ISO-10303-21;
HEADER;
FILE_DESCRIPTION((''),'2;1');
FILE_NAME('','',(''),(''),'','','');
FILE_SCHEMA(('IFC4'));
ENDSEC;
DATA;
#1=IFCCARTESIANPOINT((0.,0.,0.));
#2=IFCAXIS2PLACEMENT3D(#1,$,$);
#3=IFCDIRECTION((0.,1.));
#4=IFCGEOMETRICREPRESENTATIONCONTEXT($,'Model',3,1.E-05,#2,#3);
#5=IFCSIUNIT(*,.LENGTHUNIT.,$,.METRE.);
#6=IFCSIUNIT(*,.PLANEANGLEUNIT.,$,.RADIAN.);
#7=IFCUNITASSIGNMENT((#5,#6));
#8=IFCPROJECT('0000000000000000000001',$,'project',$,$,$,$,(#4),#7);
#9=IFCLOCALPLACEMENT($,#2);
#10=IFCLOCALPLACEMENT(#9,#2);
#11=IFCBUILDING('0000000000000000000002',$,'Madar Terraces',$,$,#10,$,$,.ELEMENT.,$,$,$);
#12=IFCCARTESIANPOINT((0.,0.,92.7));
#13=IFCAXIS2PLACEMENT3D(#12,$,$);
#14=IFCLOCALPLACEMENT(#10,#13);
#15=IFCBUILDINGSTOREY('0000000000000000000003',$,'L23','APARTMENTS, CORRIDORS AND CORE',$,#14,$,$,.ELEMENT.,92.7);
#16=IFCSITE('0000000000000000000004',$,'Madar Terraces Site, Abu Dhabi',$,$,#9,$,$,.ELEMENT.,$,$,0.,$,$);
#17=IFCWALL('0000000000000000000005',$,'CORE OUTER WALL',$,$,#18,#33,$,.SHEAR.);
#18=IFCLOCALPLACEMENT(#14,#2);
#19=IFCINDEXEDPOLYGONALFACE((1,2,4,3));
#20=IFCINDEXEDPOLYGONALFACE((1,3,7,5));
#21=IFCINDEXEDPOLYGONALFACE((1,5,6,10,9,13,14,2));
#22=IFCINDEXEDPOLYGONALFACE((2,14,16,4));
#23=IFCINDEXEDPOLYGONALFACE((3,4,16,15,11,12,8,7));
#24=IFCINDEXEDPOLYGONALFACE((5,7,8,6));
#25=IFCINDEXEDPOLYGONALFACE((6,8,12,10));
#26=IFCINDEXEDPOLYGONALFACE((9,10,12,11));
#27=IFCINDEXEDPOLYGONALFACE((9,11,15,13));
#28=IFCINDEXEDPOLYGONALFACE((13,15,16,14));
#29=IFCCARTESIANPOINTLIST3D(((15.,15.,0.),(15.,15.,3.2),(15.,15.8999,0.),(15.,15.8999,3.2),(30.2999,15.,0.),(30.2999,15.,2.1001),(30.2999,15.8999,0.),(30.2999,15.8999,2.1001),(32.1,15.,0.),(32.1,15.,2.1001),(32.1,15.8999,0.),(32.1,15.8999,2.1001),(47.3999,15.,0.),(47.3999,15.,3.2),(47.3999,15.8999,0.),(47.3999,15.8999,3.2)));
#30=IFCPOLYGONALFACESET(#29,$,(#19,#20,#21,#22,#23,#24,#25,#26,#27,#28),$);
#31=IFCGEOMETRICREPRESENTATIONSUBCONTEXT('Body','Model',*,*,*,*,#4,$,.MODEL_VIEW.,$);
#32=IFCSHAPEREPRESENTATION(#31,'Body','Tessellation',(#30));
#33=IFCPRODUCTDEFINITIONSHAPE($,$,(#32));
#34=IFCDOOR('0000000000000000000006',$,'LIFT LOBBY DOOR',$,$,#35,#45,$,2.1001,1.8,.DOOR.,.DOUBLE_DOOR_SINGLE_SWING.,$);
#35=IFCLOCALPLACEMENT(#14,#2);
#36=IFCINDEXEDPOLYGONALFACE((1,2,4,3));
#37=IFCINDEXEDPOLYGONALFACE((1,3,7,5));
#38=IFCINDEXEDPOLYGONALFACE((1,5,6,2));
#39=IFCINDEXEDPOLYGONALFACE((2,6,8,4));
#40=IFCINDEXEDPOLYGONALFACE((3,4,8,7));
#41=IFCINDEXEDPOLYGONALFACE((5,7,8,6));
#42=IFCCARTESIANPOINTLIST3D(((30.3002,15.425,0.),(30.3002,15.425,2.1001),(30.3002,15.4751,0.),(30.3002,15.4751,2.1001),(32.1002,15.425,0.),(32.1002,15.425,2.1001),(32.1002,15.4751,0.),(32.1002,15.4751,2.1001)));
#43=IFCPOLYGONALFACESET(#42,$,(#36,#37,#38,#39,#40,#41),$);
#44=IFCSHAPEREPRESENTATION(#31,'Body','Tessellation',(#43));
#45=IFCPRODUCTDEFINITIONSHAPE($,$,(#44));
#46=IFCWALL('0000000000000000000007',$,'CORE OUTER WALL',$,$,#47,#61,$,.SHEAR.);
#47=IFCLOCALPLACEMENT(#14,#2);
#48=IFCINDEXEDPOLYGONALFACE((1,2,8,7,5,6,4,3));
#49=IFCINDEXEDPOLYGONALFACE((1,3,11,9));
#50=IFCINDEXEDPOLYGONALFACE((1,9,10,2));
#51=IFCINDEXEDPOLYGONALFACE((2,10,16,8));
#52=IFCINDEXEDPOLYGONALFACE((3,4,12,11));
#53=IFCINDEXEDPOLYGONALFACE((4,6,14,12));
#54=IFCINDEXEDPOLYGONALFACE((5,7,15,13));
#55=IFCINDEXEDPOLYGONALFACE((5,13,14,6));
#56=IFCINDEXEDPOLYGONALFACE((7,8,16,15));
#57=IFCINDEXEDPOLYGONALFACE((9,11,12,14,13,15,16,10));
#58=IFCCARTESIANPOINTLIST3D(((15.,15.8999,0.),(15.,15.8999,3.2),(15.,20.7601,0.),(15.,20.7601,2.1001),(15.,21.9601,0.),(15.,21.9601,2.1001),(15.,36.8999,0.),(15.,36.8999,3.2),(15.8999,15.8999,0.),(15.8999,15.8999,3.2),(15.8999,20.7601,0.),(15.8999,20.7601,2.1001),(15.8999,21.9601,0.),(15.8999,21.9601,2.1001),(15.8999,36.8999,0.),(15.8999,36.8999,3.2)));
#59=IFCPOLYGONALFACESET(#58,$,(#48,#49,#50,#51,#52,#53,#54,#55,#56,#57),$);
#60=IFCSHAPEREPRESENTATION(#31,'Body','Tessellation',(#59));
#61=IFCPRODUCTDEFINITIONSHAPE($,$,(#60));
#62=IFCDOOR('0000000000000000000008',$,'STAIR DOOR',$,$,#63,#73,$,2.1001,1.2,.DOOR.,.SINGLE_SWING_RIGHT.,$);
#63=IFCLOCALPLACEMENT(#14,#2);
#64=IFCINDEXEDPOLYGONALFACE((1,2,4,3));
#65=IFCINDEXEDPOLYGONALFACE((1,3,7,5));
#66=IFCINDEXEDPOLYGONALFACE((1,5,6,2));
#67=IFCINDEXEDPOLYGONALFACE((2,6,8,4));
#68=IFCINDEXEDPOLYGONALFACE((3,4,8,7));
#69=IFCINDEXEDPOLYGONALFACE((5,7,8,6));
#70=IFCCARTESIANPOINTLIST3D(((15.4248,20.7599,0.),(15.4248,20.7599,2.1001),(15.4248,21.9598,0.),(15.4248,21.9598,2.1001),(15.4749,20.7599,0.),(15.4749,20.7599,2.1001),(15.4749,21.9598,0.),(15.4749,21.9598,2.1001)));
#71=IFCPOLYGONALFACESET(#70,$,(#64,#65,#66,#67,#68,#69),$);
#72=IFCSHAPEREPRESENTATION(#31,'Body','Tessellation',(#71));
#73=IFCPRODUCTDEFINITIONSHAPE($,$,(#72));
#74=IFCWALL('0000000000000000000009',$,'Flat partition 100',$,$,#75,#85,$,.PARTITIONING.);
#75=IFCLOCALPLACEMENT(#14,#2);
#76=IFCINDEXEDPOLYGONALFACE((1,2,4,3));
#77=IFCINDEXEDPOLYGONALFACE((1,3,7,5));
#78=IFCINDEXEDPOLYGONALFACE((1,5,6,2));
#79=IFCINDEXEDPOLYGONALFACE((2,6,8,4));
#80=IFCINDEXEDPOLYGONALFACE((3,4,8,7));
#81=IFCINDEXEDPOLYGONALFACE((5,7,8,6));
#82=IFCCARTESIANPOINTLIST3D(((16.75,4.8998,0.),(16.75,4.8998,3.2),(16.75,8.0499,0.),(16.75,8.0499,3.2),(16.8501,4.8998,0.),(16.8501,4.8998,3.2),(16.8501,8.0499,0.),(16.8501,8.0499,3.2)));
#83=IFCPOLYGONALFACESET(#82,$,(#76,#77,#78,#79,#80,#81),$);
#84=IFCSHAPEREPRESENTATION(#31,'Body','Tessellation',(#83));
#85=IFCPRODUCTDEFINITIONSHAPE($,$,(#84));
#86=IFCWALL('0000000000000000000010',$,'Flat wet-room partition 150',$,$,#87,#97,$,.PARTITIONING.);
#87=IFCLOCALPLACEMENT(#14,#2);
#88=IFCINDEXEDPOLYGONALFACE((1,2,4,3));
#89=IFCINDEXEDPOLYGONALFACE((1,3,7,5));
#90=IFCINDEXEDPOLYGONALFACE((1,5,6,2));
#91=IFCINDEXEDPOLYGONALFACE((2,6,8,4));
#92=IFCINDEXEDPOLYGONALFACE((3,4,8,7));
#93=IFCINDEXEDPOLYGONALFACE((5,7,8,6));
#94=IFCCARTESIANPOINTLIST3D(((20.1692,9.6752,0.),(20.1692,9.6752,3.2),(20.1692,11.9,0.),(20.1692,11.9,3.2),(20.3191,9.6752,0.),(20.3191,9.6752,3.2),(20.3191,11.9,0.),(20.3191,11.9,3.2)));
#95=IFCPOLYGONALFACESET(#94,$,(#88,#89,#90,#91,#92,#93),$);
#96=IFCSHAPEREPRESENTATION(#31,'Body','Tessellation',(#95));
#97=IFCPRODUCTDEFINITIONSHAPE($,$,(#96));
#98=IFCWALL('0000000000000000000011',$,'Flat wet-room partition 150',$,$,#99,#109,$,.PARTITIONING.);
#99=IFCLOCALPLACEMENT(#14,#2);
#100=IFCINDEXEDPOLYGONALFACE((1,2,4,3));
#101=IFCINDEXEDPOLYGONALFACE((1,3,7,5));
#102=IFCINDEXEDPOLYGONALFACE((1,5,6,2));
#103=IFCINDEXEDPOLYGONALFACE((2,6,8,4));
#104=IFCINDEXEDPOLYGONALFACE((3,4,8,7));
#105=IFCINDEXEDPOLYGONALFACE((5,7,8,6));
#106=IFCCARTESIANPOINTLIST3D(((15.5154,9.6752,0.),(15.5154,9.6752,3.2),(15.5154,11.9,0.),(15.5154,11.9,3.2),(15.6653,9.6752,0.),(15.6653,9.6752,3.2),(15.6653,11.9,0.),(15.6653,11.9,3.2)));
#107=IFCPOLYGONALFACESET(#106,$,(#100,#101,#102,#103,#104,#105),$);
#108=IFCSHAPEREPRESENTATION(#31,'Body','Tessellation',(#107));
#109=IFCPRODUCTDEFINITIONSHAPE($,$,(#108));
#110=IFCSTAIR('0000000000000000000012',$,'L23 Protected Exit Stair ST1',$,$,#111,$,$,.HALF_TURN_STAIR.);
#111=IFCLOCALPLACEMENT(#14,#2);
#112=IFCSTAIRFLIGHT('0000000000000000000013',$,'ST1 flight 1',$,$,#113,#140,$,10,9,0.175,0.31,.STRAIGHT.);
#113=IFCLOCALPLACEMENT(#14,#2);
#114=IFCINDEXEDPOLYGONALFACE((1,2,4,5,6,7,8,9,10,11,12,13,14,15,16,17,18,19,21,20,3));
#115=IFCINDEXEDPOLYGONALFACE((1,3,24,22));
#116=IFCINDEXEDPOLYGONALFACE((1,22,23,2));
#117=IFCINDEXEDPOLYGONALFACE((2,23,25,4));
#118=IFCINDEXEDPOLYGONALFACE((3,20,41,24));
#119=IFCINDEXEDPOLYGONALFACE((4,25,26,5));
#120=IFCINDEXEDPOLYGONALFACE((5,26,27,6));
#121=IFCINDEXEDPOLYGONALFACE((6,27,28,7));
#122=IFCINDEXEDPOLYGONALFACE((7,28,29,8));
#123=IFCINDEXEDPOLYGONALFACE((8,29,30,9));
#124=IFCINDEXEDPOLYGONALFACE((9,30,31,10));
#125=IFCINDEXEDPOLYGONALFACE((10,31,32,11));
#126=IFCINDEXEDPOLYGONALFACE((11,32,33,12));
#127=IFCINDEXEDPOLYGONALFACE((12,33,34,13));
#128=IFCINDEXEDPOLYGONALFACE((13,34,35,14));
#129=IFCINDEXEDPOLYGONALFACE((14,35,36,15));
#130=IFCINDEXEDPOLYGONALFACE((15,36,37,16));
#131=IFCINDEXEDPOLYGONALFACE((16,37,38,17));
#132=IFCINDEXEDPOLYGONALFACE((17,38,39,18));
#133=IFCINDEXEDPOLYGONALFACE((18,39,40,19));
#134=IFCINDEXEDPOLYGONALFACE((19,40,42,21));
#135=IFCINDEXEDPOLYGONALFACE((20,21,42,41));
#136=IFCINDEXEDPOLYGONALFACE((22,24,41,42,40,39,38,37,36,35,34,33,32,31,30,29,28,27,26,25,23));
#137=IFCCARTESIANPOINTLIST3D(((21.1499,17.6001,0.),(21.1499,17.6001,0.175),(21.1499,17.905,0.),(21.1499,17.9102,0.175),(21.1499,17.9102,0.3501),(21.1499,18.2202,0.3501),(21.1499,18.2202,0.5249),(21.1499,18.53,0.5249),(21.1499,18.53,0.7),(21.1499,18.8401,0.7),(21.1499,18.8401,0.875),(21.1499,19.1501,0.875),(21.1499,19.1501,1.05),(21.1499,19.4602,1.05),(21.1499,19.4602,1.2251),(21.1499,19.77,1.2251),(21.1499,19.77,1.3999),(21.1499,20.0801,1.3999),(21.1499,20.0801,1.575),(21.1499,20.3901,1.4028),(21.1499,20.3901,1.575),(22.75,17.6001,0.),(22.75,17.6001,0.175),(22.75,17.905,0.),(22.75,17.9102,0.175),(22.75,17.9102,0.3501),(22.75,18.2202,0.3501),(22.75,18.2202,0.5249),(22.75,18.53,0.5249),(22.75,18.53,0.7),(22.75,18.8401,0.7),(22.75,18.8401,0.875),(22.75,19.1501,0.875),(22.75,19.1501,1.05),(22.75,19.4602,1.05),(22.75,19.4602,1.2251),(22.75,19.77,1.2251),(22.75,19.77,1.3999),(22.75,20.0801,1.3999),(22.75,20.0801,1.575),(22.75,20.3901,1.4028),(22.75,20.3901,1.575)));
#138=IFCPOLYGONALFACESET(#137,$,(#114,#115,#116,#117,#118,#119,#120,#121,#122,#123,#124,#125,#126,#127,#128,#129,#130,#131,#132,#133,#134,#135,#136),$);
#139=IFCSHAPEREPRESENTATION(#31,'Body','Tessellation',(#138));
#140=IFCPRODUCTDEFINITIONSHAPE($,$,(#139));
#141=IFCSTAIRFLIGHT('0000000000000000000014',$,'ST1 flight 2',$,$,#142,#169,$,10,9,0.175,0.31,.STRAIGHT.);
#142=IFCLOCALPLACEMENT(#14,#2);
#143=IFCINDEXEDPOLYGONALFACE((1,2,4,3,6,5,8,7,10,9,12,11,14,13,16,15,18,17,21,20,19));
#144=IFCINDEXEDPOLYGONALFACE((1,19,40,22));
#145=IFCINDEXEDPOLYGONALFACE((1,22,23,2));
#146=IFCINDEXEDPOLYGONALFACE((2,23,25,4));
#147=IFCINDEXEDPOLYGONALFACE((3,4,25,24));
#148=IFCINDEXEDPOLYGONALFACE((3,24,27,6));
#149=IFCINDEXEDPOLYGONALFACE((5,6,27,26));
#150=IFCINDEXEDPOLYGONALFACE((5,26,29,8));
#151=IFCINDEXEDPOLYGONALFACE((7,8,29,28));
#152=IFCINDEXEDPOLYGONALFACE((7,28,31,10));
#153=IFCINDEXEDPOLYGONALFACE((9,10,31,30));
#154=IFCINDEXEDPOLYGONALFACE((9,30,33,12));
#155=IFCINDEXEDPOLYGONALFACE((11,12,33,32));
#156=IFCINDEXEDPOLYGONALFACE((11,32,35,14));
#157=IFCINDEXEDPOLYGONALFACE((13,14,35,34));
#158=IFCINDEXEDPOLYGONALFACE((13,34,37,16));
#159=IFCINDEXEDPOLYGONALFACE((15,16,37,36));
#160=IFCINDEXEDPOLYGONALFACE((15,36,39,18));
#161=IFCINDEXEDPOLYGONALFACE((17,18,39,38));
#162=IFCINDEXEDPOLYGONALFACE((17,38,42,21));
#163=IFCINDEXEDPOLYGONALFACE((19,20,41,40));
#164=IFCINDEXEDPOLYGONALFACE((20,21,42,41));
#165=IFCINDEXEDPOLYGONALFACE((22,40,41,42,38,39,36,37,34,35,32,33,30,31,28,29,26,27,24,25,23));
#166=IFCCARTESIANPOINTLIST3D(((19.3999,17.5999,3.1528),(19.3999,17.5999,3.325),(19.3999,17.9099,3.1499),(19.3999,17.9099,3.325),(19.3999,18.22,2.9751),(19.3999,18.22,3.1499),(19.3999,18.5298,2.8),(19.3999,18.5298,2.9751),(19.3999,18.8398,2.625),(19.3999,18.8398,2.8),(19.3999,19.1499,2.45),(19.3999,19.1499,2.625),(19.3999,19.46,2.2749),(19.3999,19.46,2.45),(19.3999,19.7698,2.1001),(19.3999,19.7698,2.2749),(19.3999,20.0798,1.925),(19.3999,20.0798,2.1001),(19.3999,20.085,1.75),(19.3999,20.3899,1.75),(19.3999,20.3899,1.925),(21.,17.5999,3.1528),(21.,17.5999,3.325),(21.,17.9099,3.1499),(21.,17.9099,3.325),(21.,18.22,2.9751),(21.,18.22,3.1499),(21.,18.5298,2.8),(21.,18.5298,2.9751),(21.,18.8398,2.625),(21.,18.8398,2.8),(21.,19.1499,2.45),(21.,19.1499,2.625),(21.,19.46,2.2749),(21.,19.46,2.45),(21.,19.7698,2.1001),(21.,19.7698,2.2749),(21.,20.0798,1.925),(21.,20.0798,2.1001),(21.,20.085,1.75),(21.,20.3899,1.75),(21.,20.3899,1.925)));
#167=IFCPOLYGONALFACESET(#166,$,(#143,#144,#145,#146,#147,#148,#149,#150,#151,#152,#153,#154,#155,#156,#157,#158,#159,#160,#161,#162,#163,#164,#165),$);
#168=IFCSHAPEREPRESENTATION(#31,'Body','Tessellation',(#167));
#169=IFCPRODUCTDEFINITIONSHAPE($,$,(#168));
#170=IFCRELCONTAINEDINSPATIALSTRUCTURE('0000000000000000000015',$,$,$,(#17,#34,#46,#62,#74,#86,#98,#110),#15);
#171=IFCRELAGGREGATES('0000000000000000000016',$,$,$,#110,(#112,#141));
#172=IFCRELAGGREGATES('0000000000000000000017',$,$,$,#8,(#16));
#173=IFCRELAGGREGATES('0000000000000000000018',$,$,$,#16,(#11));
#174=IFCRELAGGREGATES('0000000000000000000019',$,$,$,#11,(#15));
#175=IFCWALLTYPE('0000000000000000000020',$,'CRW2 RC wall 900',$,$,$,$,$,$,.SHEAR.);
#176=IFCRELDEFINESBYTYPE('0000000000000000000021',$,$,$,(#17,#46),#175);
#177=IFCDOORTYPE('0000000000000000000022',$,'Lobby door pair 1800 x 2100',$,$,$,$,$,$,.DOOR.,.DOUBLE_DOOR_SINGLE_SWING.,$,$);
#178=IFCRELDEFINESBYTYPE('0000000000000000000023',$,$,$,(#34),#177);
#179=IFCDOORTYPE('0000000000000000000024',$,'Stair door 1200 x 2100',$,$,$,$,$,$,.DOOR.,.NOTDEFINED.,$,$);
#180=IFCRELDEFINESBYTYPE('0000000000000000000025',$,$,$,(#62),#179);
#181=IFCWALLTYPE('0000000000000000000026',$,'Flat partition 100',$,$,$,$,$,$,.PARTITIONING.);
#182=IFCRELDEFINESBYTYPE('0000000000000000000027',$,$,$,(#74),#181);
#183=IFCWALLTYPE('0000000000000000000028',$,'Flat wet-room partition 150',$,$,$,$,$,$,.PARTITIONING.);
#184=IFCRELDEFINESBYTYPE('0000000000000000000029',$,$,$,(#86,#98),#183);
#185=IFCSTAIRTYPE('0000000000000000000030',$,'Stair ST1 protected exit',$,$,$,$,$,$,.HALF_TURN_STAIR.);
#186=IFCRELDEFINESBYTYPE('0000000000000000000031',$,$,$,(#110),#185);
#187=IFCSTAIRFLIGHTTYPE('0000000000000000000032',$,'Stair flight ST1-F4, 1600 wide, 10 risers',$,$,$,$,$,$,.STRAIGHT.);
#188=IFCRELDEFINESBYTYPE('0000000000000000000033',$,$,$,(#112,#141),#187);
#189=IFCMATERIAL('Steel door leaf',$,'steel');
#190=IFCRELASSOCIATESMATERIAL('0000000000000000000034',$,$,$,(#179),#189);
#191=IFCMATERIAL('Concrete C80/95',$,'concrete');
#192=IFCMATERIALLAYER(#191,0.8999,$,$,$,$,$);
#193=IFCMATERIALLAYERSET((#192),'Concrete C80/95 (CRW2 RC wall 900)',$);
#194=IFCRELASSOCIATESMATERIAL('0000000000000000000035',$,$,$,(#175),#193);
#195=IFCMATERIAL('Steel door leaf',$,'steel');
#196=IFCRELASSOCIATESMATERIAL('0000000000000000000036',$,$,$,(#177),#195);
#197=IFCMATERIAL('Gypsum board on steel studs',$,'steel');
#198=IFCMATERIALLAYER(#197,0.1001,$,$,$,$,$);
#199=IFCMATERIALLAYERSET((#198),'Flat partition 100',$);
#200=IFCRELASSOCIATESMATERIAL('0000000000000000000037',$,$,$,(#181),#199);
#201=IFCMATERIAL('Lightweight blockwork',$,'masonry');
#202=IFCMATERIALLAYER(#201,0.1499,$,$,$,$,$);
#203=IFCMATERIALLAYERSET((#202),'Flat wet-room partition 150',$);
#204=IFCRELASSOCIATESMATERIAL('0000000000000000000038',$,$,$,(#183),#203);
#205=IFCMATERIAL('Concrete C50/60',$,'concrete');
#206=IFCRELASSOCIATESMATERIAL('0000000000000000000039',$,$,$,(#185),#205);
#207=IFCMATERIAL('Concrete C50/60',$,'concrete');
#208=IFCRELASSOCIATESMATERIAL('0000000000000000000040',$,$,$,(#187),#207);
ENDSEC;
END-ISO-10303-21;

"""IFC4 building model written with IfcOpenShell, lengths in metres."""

from ifc_helpers import new_model, si_unit, direction, frame, frame_2d, origin, place, context, subcontext, project, spatial, polyline, rectangle, outline, extrude, material, layer, layer_set, type_object, element, fill, aggregate, save


model = new_model("IFC4")

# Units and contexts
model_context = context("Model", 3, precision=1e-05, world=origin(), true_north=direction((0.0, 1.0)))
body_context = subcontext(model_context, "Body", "Model", "MODEL_VIEW")
ifc_project = project(units=[si_unit("LENGTHUNIT", "METRE"), si_unit("PLANEANGLEUNIT", "RADIAN")], contexts=[model_context])

# Site, building, storey
site_placement = place(None, origin())
site = spatial("IfcSite", under=ifc_project, at=site_placement, Name="Madar Terraces Site, Abu Dhabi", CompositionType="ELEMENT", RefElevation=0.0)
building_placement = place(site_placement, origin())
building = spatial("IfcBuilding", under=site, at=building_placement, Name="Madar Terraces", CompositionType="ELEMENT")
storey_placement = place(building_placement, frame((0.0, 0.0, 92.7)))
storey = spatial("IfcBuildingStorey", under=building, at=storey_placement, Name="L23", Description="APARTMENTS, CORRIDORS AND CORE", CompositionType="ELEMENT", Elevation=92.7)

# Shared definitions
ifc_material_1 = material(Name="Steel door leaf", Category="steel")
door_type_1 = type_object("IfcDoorType", Name="Stair door 1200 x 2100", OperationType="NOTDEFINED", PredefinedType="DOOR", material=ifc_material_1)

# Walls, openings, doors
ifc_material_2 = material(Name="Concrete C80/95", Category="concrete")
ifc_layer_1 = layer(ifc_material_2, 0.8999)
ifc_layer_set_1 = layer_set([ifc_layer_1], Name="Concrete C80/95 (CRW2 RC wall 900)")
wall_type_1 = type_object("IfcWallType", Name="CRW2 RC wall 900", PredefinedType="SHEAR", material=ifc_layer_set_1)
wall_1_placement = place(storey_placement, frame((15.0, 15.45, 0.0), z_axis=(0.0, 0.0, 1.0), x_axis=(1.0, 0.0, 0.0)))
wall_1 = element("IfcWall", 1, at=wall_1_placement, inside=storey, type_object=wall_type_1, Name="CORE OUTER WALL", PredefinedType="SHEAR", context=body_context, shape_type="SweptSolid", body=[
    extrude(rectangle(XDim=32.3999, YDim=0.8999, at=frame_2d((16.2, 0.0))), origin(), (0.0, 0.0, 1.0), 3.2),
])
opening_1_placement = place(wall_1_placement, frame((15.3, 0.0, 0.0)))
opening_1 = element("IfcOpeningElement", 2, at=opening_1_placement, cuts=wall_1, PredefinedType="OPENING", context=body_context, shape_type="SweptSolid", body=[
    extrude(rectangle(XDim=1.8, YDim=2.1001, at=frame_2d((0.8999, 1.05))), frame((0.0, 0.46, 0.0), z_axis=(0.0, -1.0, 0.0), x_axis=(1.0, 0.0, 0.0)), (0.0, 0.0, 1.0), 0.9199),
])
ifc_material_3 = material(Name="Steel door leaf", Category="steel")
door_type_2 = type_object("IfcDoorType", Name="Lobby door pair 1800 x 2100", OperationType="DOUBLE_DOOR_SINGLE_SWING", PredefinedType="DOOR", material=ifc_material_3)
door_1_placement = place(opening_1_placement, frame((1.8, 0.0, 0.0), z_axis=(0.0, 0.0, 1.0), x_axis=(-1.0, 0.0, 0.0)))
door_1 = element("IfcDoor", 3, at=door_1_placement, inside=storey, type_object=door_type_2, Name="LIFT LOBBY DOOR", OperationType="DOUBLE_DOOR_SINGLE_SWING", OverallHeight=2.1001, OverallWidth=1.8, PredefinedType="DOOR", context=body_context, shape_type="SweptSolid", body=[
    extrude(rectangle(XDim=1.8, YDim=2.1001, at=frame_2d((0.8999, 1.05))), frame((0.0, 0.0249, 0.0), z_axis=(0.0, -1.0, 0.0), x_axis=(1.0, 0.0, 0.0)), (0.0, 0.0, 1.0), 0.05),
])
fill(opening_1, door_1)
wall_2_placement = place(storey_placement, frame((15.45, 15.8999, 0.0), z_axis=(0.0, 0.0, 1.0), x_axis=(0.0, 1.0, 0.0)))
wall_2 = element("IfcWall", 4, at=wall_2_placement, inside=storey, type_object=wall_type_1, Name="CORE OUTER WALL", PredefinedType="SHEAR", context=body_context, shape_type="SweptSolid", body=[
    extrude(rectangle(XDim=21.0, YDim=0.8999, at=frame_2d((10.5, 0.0))), origin(), (0.0, 0.0, 1.0), 3.2),
])
opening_2_placement = place(wall_2_placement, frame((4.8601, 0.0, 0.0)))
opening_2 = element("IfcOpeningElement", 5, at=opening_2_placement, cuts=wall_2, PredefinedType="OPENING", context=body_context, shape_type="SweptSolid", body=[
    extrude(rectangle(XDim=1.2, YDim=2.1001, at=frame_2d((0.6001, 1.05))), frame((0.0, 0.46, 0.0), z_axis=(0.0, -1.0, 0.0), x_axis=(1.0, 0.0, 0.0)), (0.0, 0.0, 1.0), 0.9199),
])
door_2_placement = place(opening_2_placement, frame((1.2, 0.0, 0.0), z_axis=(0.0, 0.0, 1.0), x_axis=(-1.0, 0.0, 0.0)))
door_2 = element("IfcDoor", 6, at=door_2_placement, inside=storey, type_object=door_type_1, Name="STAIR DOOR", OperationType="SINGLE_SWING_RIGHT", OverallHeight=2.1001, OverallWidth=1.2, PredefinedType="DOOR", context=body_context, shape_type="SweptSolid", body=[
    extrude(rectangle(XDim=1.2, YDim=2.1001, at=frame_2d((0.6001, 1.05))), frame((0.0, 0.0249, 0.0), z_axis=(0.0, -1.0, 0.0), x_axis=(1.0, 0.0, 0.0)), (0.0, 0.0, 1.0), 0.05),
])
fill(opening_2, door_2)

# Walls
ifc_material_4 = material(Name="Gypsum board on steel studs", Category="steel")
ifc_layer_2 = layer(ifc_material_4, 0.1001)
ifc_layer_set_2 = layer_set([ifc_layer_2], Name="Flat partition 100")
wall_type_2 = type_object("IfcWallType", Name="Flat partition 100", PredefinedType="PARTITIONING", material=ifc_layer_set_2)
wall_3_placement = place(storey_placement, frame((16.8, 8.05, 0.0), z_axis=(0.0, 0.0, 1.0), x_axis=(0.0, -1.0, 0.0)))
element("IfcWall", 7, at=wall_3_placement, inside=storey, type_object=wall_type_2, Name="Flat partition 100", PredefinedType="PARTITIONING", context=body_context, shape_type="SweptSolid", body=[
    extrude(rectangle(XDim=3.1501, YDim=0.1001, at=frame_2d((1.5752, 0.0))), origin(), (0.0, 0.0, 1.0), 3.2),
])
ifc_material_5 = material(Name="Lightweight blockwork", Category="masonry")
ifc_layer_3 = layer(ifc_material_5, 0.1499)
ifc_layer_set_3 = layer_set([ifc_layer_3], Name="Flat wet-room partition 150")
wall_type_3 = type_object("IfcWallType", Name="Flat wet-room partition 150", PredefinedType="PARTITIONING", material=ifc_layer_set_3)
for number, where, z_axis, x_axis, name in (
    (8, (20.2441, 11.8999, 0.0), (0.0, 0.0, 1.0), (0.0, -1.0, 0.0), "Flat wet-room partition 150"),
    (9, (15.5903, 11.8999, 0.0), (0.0, 0.0, 1.0), (0.0, -1.0, 0.0), "Flat wet-room partition 150"),
):
    element("IfcWall", number, at=place(storey_placement, frame(where, z_axis=z_axis, x_axis=x_axis)), inside=storey, type_object=wall_type_3, Name=name, PredefinedType="PARTITIONING", context=body_context, shape_type="SweptSolid", body=[
        extrude(rectangle(XDim=2.2249, YDim=0.1499, at=frame_2d((1.1123, 0.0))), origin(), (0.0, 0.0, 1.0), 3.2),
    ])

# Stair, stair flights
ifc_material_6 = material(Name="Concrete C50/60", Category="concrete")
stair_type = type_object("IfcStairType", Name="Stair ST1 protected exit", PredefinedType="HALF_TURN_STAIR", material=ifc_material_6)
stair_placement = place(storey_placement, origin())
stair = element("IfcStair", 10, at=stair_placement, inside=storey, type_object=stair_type, Name="L23 Protected Exit Stair ST1", PredefinedType="HALF_TURN_STAIR")
ifc_material_7 = material(Name="Concrete C50/60", Category="concrete")
stair_flight_type = type_object("IfcStairFlightType", Name="Stair flight ST1-F4, 1600 wide, 10 risers", PredefinedType="STRAIGHT", material=ifc_material_7)
stair_flight_1_placement = place(storey_placement, frame((21.95, 17.6001, 0.0), z_axis=(0.0, 0.0, 1.0), x_axis=(0.0, 1.0, 0.0)))
stair_flight_1 = element("IfcStairFlight", 11, at=stair_flight_1_placement, type_object=stair_flight_type, Name="ST1 flight 1", NumberOfRisers=10, NumberOfTreads=9, PredefinedType="STRAIGHT", RiserHeight=0.175, TreadLength=0.31, context=body_context, shape_type="SweptSolid", body=[
    extrude(outline(polyline([(0.0, 0.0), (0.0, 0.175), (0.3101, 0.175), (0.3101, 0.3501), (0.6201, 0.3501), (0.6201, 0.5249), (0.9299, 0.5249), (0.9299, 0.7), (1.24, 0.7), (1.24, 0.875), (1.55, 0.875), (1.55, 1.05), (1.8601, 1.05), (1.8601, 1.2251), (2.1699, 1.2251), (2.1699, 1.3999), (2.48, 1.3999), (2.48, 1.575), (2.79, 1.575), (2.79, 1.75), (2.79, 1.4028), (0.3049, 0.0), (0.0, 0.0)])), frame((0.0, 0.8, 0.0), z_axis=(0.0, -1.0, 0.0), x_axis=(1.0, 0.0, 0.0)), (0.0, 0.0, 1.0), 1.6001),
])
stair_flight_2_placement = place(storey_placement, frame((20.2, 20.3899, 1.75), z_axis=(0.0, 0.0, 1.0), x_axis=(0.0, -1.0, 0.0)))
stair_flight_2 = element("IfcStairFlight", 12, at=stair_flight_2_placement, type_object=stair_flight_type, Name="ST1 flight 2", NumberOfRisers=10, NumberOfTreads=9, PredefinedType="STRAIGHT", RiserHeight=0.175, TreadLength=0.31, context=body_context, shape_type="SweptSolid", body=[
    extrude(outline(polyline([(0.0, 0.0), (0.0, 0.175), (0.3101, 0.175), (0.3101, 0.3501), (0.6201, 0.3501), (0.6201, 0.5249), (0.9299, 0.5249), (0.9299, 0.7), (1.24, 0.7), (1.24, 0.875), (1.55, 0.875), (1.55, 1.05), (1.8601, 1.05), (1.8601, 1.2251), (2.1699, 1.2251), (2.1699, 1.3999), (2.48, 1.3999), (2.48, 1.575), (2.79, 1.575), (2.79, 1.75), (2.79, 1.4028), (0.3049, 0.0), (0.0, 0.0)])), frame((0.0, 0.8, 0.0), z_axis=(0.0, -1.0, 0.0), x_axis=(1.0, 0.0, 0.0)), (0.0, 0.0, 1.0), 1.6001),
])
aggregate(stair, [stair_flight_1, stair_flight_2])

save(model, "model.ifc")
